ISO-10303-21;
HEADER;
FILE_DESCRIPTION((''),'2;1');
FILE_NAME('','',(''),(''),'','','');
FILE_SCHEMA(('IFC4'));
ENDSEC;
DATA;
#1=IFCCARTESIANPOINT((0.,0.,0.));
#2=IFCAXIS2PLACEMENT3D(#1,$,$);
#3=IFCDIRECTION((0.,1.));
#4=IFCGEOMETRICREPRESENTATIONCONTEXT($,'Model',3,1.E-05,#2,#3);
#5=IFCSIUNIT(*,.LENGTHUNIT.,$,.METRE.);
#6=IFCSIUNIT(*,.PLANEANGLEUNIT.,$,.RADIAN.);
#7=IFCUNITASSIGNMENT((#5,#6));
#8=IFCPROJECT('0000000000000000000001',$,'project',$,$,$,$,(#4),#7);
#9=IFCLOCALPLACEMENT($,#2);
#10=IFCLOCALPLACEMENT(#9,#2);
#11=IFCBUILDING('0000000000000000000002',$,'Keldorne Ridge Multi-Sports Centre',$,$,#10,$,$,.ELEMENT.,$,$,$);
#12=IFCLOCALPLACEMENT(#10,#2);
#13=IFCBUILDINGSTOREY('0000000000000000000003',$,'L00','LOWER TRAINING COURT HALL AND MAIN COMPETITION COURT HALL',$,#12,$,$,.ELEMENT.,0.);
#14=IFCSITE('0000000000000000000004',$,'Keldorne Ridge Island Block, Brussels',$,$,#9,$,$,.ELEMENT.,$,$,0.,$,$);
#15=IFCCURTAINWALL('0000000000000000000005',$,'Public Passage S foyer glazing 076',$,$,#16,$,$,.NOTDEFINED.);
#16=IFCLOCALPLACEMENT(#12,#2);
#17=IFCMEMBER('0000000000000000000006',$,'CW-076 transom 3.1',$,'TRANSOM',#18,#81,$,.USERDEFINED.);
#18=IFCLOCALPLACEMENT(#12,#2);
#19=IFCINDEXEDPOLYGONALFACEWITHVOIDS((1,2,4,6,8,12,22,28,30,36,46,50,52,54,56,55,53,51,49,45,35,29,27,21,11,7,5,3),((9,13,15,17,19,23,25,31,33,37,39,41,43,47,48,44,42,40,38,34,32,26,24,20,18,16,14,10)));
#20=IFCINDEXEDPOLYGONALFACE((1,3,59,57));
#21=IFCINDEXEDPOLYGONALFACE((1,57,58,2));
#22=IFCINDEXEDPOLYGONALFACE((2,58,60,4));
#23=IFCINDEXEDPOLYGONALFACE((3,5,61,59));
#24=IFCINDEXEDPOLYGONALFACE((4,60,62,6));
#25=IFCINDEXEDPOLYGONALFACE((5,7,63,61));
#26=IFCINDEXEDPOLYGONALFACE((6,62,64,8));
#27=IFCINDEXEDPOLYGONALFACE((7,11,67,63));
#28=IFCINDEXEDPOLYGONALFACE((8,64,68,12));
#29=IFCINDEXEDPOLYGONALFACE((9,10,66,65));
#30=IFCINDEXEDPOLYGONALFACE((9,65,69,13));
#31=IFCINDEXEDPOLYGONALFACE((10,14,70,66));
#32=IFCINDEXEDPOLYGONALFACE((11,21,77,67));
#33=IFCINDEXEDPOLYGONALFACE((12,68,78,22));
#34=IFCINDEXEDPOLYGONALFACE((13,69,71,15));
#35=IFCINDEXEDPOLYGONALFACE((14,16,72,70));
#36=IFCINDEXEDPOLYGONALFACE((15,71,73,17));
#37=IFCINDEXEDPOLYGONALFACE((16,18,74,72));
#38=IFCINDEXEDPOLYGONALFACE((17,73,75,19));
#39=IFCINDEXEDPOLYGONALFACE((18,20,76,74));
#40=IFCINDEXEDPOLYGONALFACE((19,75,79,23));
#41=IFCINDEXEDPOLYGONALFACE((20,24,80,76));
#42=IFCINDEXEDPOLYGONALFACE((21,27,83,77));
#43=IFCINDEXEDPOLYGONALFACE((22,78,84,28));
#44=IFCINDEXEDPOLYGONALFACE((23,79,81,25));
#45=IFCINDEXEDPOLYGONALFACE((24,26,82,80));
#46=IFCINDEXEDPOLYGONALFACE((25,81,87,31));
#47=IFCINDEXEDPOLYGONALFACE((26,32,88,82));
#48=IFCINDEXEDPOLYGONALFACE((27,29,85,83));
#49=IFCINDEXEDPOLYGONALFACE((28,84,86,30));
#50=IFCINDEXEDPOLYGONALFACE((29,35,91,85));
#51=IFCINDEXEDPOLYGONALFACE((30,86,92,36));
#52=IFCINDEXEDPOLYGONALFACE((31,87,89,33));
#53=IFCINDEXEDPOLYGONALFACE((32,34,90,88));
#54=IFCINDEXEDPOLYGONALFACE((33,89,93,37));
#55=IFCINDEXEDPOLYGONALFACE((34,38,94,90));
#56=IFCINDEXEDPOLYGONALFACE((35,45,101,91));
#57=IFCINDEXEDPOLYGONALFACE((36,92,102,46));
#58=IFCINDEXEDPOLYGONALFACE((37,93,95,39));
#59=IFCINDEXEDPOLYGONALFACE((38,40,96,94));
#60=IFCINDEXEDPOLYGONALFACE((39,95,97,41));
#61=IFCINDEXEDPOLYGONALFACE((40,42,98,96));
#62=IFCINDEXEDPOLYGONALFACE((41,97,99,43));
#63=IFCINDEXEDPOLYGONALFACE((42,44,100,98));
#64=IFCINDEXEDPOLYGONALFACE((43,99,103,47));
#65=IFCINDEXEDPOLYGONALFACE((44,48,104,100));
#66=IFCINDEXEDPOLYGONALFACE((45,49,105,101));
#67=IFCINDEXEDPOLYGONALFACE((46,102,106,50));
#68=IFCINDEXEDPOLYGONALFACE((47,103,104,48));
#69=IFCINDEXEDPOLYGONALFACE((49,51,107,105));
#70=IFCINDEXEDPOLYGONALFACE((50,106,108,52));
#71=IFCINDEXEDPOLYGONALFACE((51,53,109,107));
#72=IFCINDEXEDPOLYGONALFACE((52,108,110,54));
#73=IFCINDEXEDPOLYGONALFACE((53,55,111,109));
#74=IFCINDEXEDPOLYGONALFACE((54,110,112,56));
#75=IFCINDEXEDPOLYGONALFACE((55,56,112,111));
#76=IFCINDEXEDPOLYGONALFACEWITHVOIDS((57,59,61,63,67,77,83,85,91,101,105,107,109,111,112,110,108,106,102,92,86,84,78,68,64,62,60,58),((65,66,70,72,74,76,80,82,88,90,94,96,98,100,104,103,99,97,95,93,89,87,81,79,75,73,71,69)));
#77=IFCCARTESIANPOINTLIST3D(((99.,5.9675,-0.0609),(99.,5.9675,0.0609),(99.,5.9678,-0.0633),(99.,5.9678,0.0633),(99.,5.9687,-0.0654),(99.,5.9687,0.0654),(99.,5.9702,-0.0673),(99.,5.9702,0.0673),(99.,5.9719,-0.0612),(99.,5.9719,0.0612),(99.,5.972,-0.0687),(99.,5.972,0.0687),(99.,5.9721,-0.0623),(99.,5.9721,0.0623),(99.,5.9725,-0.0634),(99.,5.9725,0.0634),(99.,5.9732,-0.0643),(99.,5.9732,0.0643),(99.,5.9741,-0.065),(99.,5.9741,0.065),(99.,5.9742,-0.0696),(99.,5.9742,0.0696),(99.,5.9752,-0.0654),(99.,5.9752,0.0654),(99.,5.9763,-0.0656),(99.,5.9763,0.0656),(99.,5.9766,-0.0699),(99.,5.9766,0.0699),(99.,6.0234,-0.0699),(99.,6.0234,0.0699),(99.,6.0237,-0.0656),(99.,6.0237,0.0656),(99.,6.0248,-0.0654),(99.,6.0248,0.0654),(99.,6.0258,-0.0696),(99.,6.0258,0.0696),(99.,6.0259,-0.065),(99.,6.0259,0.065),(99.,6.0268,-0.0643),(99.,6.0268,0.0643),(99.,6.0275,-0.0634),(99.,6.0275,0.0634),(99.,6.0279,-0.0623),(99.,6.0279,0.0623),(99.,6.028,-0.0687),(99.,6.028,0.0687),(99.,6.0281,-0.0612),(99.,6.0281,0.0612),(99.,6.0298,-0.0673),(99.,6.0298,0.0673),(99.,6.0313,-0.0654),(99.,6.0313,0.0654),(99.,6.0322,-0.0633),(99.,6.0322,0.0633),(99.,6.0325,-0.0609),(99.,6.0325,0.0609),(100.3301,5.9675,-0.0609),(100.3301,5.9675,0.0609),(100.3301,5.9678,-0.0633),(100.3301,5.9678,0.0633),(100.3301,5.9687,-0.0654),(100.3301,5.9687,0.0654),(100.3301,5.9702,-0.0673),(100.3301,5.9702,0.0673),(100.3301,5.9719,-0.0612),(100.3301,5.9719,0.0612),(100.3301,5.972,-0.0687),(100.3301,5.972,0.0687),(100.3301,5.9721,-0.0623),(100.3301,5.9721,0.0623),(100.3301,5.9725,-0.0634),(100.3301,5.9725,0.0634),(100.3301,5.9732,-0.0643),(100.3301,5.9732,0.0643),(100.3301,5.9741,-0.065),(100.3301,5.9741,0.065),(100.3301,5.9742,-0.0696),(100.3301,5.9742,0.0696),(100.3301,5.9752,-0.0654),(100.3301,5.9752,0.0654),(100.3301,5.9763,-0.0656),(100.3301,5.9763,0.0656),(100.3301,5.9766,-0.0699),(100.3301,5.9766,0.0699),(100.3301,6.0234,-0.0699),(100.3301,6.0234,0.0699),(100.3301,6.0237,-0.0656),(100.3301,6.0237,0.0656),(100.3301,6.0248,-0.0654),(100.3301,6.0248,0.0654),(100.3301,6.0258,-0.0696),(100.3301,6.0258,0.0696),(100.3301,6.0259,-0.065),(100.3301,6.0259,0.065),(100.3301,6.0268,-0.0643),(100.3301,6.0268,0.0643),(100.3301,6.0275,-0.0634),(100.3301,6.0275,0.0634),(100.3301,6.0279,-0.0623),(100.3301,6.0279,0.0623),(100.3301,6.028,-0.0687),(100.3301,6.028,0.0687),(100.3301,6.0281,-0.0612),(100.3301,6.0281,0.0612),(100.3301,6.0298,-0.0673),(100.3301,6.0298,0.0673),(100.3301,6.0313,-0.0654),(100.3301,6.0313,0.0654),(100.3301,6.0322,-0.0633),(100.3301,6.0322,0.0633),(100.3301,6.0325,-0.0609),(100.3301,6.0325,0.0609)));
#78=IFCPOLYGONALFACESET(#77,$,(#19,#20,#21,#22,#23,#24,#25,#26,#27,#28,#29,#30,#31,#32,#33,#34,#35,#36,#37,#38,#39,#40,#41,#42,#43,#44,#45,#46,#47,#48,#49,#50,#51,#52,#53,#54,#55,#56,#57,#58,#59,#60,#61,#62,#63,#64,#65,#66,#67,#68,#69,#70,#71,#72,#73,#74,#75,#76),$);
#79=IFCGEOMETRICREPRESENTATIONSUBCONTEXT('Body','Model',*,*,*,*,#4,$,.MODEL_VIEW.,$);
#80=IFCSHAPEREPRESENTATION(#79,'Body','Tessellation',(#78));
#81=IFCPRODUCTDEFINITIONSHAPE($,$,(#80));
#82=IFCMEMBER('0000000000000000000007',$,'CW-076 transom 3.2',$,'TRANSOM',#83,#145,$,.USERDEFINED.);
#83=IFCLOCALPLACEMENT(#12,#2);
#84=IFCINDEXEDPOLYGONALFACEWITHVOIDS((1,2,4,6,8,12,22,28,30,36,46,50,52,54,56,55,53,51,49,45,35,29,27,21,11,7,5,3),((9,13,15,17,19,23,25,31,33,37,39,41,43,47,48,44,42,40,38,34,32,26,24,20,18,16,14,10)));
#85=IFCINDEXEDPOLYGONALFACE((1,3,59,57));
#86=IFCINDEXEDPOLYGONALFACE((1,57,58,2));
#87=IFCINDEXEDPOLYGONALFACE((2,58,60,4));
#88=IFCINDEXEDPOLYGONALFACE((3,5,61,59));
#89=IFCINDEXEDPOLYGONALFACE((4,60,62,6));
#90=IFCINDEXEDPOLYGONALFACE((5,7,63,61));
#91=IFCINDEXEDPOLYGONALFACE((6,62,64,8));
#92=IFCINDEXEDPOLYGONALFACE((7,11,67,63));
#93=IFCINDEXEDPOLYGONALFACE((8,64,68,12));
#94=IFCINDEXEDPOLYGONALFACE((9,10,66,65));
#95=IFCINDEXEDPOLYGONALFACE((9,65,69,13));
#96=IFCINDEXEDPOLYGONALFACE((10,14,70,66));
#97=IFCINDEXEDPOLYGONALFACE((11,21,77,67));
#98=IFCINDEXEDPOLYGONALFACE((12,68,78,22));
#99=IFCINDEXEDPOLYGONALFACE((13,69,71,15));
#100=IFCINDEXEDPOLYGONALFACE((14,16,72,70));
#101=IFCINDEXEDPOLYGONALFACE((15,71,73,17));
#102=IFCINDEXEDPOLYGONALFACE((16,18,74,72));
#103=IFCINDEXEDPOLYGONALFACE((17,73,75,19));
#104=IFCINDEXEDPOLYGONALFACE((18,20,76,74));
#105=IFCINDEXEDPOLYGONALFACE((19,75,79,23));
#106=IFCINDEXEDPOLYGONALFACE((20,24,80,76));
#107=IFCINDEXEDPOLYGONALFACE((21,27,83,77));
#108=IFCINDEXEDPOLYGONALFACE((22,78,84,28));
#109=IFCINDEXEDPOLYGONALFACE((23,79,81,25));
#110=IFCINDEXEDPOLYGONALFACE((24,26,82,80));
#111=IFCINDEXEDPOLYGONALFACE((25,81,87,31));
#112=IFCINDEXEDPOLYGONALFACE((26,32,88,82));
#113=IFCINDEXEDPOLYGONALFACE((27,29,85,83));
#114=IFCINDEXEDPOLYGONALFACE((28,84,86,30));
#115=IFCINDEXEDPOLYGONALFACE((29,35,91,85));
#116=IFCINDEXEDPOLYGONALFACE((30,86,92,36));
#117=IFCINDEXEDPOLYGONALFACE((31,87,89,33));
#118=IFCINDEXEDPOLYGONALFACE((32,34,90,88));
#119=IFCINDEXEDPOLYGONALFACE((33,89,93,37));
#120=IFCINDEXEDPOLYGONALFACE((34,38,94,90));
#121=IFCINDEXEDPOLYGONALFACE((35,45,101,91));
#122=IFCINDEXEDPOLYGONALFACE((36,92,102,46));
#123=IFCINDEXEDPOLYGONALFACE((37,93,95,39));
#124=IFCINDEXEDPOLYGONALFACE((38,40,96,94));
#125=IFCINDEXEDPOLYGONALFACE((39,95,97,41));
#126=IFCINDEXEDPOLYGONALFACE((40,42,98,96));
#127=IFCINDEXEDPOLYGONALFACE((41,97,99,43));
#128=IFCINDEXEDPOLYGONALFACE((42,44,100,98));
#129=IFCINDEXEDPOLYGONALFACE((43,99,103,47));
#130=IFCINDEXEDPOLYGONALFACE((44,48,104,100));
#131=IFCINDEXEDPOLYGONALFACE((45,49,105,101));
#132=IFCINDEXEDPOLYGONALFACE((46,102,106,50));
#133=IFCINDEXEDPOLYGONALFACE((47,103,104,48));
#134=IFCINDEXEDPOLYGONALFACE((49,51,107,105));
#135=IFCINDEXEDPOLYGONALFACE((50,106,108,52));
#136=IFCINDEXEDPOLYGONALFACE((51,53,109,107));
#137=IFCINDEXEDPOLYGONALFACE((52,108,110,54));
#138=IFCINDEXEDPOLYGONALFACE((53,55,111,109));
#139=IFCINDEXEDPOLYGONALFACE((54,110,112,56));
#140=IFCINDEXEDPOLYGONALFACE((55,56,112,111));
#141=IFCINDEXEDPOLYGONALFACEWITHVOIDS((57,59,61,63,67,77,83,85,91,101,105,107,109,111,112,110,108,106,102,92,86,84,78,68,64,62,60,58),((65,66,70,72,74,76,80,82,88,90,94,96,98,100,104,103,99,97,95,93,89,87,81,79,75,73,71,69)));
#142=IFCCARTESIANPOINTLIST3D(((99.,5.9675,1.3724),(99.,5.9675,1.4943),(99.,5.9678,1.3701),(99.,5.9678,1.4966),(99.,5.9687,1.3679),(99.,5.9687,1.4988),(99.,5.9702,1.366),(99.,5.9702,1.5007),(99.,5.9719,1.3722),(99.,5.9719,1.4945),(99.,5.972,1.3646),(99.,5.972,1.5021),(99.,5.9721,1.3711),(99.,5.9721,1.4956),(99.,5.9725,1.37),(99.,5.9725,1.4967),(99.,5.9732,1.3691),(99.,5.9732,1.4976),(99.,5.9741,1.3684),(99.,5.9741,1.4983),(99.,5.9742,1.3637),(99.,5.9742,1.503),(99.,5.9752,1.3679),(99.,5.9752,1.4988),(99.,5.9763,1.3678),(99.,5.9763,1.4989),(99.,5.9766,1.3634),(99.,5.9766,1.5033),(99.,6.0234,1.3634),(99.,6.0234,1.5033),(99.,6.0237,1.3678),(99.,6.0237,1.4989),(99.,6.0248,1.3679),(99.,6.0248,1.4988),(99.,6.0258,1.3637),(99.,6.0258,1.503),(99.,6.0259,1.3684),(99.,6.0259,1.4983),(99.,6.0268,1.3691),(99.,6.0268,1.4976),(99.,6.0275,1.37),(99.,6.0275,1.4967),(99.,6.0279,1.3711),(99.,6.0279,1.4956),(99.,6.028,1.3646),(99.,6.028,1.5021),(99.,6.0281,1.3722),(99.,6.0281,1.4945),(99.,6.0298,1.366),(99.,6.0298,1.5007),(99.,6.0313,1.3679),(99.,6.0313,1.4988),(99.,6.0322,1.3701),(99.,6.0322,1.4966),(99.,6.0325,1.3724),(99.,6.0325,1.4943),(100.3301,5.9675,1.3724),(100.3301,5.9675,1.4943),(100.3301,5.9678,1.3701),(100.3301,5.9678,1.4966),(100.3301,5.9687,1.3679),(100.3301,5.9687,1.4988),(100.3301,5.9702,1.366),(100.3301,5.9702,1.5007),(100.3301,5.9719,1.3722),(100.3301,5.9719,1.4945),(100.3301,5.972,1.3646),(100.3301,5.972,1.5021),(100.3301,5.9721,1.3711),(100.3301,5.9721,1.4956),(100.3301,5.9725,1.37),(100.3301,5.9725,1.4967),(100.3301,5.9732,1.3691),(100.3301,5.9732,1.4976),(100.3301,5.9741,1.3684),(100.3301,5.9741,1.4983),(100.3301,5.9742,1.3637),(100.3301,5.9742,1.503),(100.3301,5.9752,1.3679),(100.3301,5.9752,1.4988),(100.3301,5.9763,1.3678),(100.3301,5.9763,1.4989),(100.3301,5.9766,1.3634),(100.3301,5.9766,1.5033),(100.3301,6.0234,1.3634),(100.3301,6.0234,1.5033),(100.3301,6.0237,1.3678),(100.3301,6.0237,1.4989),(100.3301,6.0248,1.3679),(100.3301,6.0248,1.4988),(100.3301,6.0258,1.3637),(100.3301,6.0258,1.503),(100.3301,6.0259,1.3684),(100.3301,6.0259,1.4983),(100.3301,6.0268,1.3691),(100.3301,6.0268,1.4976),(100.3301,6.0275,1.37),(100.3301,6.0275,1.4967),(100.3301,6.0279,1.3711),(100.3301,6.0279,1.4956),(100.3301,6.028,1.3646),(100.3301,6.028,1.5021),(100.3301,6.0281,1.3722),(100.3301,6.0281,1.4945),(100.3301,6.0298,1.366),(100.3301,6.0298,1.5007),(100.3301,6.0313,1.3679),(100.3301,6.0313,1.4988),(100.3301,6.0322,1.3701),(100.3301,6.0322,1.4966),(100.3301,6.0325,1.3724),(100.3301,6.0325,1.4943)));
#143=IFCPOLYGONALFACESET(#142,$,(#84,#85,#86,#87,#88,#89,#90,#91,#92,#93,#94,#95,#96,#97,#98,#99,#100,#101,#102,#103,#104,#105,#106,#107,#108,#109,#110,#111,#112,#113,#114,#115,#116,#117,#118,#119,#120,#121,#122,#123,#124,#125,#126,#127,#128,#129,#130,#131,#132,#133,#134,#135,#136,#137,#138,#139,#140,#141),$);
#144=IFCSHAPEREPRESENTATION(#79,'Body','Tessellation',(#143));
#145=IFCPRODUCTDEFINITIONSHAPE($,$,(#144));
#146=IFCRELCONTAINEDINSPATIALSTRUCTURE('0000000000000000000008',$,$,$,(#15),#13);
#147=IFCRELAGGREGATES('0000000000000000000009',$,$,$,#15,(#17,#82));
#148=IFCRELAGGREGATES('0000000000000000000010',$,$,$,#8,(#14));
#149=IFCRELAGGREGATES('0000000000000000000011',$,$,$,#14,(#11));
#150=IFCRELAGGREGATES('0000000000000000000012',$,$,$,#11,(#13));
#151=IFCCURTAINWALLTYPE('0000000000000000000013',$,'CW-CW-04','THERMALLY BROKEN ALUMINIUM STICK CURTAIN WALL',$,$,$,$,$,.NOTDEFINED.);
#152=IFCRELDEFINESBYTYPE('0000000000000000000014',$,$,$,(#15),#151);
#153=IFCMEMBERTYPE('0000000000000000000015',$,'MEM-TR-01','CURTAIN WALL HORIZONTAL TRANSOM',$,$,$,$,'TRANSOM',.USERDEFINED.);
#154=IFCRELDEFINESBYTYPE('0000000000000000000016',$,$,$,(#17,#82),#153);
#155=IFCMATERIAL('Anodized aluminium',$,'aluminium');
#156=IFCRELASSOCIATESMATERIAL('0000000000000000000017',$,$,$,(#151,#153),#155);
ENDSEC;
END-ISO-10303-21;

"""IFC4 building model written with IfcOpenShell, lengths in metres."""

from ifc_helpers import new_model, si_unit, direction, frame, origin, origin_2d, place, context, subcontext, project, spatial, hollow_rectangle, extrude, material, material_profile, profile_set, type_object, element, aggregate, save


model = new_model("IFC4")

# Units and contexts
model_context = context("Model", 3, precision=1e-05, world=origin(), true_north=direction((0.0, 1.0)))
body_context = subcontext(model_context, "Body", "Model", "MODEL_VIEW")
ifc_project = project(units=[si_unit("LENGTHUNIT", "METRE"), si_unit("PLANEANGLEUNIT", "RADIAN")], contexts=[model_context])

# Site, building, storey
site_placement = place(None, origin())
site = spatial("IfcSite", under=ifc_project, at=site_placement, Name="Keldorne Ridge Island Block, Brussels", CompositionType="ELEMENT", RefElevation=0.0)
building_placement = place(site_placement, origin())
building = spatial("IfcBuilding", under=site, at=building_placement, Name="Keldorne Ridge Multi-Sports Centre", CompositionType="ELEMENT")
storey_placement = place(building_placement, origin())
storey = spatial("IfcBuildingStorey", under=building, at=storey_placement, Name="L00", Description="LOWER TRAINING COURT HALL AND MAIN COMPETITION COURT HALL", CompositionType="ELEMENT", Elevation=0.0)

# Curtain wall, members
ifc_material_1 = material(Name="Anodized aluminium", Category="aluminium")
curtain_wall_type = type_object("IfcCurtainWallType", Name="CW-CW-04", Description="THERMALLY BROKEN ALUMINIUM STICK CURTAIN WALL", PredefinedType="NOTDEFINED", material=ifc_material_1)
curtain_wall_placement = place(storey_placement, origin())
curtain_wall = element("IfcCurtainWall", 1, at=curtain_wall_placement, inside=storey, type_object=curtain_wall_type, Name="Public Passage S foyer glazing 076", PredefinedType="NOTDEFINED")
ifc_material_profile_1 = material_profile(ifc_material_1, hollow_rectangle(XDim=0.0649, YDim=0.1399, WallThickness=0.0044, InnerFilletRadius=0.0044, OuterFilletRadius=0.009, at=origin_2d()), Name="ALU TRANSOM 140x65x4.5")
ifc_profile_set_1 = profile_set([ifc_material_profile_1], Name="Anodized aluminium")
member_type_1 = type_object("IfcMemberType", Name="MEM-TR-01", Description="CURTAIN WALL HORIZONTAL TRANSOM", ElementType="TRANSOM", PredefinedType="USERDEFINED", material=ifc_profile_set_1)
member_1_placement = place(storey_placement, frame((99.0, 6.0, 0.0), z_axis=(1.0, 0.0, 0.0), x_axis=(0.0, 1.0, 0.0)))
member_1 = element("IfcMember", 2, at=member_1_placement, type_object=member_type_1, Name="CW-076 transom 3.1", ObjectType="TRANSOM", PredefinedType="USERDEFINED", context=body_context, shape_type="SweptSolid", body=[
    extrude(hollow_rectangle(XDim=0.0649, YDim=0.1399, WallThickness=0.0044, InnerFilletRadius=0.0044, OuterFilletRadius=0.009, at=origin_2d()), origin(), (0.0, 0.0, 1.0), 1.3301),
])
member_2_placement = place(storey_placement, frame((99.0, 6.0, 1.4333), z_axis=(1.0, 0.0, 0.0), x_axis=(0.0, 1.0, 0.0)))
member_2 = element("IfcMember", 3, at=member_2_placement, type_object=member_type_1, Name="CW-076 transom 3.2", ObjectType="TRANSOM", PredefinedType="USERDEFINED", context=body_context, shape_type="SweptSolid", body=[
    extrude(hollow_rectangle(XDim=0.0649, YDim=0.1399, WallThickness=0.0044, InnerFilletRadius=0.0044, OuterFilletRadius=0.009, at=origin_2d()), origin(), (0.0, 0.0, 1.0), 1.3301),
])
aggregate(curtain_wall, [member_1, member_2])

save(model, "model.ifc")
